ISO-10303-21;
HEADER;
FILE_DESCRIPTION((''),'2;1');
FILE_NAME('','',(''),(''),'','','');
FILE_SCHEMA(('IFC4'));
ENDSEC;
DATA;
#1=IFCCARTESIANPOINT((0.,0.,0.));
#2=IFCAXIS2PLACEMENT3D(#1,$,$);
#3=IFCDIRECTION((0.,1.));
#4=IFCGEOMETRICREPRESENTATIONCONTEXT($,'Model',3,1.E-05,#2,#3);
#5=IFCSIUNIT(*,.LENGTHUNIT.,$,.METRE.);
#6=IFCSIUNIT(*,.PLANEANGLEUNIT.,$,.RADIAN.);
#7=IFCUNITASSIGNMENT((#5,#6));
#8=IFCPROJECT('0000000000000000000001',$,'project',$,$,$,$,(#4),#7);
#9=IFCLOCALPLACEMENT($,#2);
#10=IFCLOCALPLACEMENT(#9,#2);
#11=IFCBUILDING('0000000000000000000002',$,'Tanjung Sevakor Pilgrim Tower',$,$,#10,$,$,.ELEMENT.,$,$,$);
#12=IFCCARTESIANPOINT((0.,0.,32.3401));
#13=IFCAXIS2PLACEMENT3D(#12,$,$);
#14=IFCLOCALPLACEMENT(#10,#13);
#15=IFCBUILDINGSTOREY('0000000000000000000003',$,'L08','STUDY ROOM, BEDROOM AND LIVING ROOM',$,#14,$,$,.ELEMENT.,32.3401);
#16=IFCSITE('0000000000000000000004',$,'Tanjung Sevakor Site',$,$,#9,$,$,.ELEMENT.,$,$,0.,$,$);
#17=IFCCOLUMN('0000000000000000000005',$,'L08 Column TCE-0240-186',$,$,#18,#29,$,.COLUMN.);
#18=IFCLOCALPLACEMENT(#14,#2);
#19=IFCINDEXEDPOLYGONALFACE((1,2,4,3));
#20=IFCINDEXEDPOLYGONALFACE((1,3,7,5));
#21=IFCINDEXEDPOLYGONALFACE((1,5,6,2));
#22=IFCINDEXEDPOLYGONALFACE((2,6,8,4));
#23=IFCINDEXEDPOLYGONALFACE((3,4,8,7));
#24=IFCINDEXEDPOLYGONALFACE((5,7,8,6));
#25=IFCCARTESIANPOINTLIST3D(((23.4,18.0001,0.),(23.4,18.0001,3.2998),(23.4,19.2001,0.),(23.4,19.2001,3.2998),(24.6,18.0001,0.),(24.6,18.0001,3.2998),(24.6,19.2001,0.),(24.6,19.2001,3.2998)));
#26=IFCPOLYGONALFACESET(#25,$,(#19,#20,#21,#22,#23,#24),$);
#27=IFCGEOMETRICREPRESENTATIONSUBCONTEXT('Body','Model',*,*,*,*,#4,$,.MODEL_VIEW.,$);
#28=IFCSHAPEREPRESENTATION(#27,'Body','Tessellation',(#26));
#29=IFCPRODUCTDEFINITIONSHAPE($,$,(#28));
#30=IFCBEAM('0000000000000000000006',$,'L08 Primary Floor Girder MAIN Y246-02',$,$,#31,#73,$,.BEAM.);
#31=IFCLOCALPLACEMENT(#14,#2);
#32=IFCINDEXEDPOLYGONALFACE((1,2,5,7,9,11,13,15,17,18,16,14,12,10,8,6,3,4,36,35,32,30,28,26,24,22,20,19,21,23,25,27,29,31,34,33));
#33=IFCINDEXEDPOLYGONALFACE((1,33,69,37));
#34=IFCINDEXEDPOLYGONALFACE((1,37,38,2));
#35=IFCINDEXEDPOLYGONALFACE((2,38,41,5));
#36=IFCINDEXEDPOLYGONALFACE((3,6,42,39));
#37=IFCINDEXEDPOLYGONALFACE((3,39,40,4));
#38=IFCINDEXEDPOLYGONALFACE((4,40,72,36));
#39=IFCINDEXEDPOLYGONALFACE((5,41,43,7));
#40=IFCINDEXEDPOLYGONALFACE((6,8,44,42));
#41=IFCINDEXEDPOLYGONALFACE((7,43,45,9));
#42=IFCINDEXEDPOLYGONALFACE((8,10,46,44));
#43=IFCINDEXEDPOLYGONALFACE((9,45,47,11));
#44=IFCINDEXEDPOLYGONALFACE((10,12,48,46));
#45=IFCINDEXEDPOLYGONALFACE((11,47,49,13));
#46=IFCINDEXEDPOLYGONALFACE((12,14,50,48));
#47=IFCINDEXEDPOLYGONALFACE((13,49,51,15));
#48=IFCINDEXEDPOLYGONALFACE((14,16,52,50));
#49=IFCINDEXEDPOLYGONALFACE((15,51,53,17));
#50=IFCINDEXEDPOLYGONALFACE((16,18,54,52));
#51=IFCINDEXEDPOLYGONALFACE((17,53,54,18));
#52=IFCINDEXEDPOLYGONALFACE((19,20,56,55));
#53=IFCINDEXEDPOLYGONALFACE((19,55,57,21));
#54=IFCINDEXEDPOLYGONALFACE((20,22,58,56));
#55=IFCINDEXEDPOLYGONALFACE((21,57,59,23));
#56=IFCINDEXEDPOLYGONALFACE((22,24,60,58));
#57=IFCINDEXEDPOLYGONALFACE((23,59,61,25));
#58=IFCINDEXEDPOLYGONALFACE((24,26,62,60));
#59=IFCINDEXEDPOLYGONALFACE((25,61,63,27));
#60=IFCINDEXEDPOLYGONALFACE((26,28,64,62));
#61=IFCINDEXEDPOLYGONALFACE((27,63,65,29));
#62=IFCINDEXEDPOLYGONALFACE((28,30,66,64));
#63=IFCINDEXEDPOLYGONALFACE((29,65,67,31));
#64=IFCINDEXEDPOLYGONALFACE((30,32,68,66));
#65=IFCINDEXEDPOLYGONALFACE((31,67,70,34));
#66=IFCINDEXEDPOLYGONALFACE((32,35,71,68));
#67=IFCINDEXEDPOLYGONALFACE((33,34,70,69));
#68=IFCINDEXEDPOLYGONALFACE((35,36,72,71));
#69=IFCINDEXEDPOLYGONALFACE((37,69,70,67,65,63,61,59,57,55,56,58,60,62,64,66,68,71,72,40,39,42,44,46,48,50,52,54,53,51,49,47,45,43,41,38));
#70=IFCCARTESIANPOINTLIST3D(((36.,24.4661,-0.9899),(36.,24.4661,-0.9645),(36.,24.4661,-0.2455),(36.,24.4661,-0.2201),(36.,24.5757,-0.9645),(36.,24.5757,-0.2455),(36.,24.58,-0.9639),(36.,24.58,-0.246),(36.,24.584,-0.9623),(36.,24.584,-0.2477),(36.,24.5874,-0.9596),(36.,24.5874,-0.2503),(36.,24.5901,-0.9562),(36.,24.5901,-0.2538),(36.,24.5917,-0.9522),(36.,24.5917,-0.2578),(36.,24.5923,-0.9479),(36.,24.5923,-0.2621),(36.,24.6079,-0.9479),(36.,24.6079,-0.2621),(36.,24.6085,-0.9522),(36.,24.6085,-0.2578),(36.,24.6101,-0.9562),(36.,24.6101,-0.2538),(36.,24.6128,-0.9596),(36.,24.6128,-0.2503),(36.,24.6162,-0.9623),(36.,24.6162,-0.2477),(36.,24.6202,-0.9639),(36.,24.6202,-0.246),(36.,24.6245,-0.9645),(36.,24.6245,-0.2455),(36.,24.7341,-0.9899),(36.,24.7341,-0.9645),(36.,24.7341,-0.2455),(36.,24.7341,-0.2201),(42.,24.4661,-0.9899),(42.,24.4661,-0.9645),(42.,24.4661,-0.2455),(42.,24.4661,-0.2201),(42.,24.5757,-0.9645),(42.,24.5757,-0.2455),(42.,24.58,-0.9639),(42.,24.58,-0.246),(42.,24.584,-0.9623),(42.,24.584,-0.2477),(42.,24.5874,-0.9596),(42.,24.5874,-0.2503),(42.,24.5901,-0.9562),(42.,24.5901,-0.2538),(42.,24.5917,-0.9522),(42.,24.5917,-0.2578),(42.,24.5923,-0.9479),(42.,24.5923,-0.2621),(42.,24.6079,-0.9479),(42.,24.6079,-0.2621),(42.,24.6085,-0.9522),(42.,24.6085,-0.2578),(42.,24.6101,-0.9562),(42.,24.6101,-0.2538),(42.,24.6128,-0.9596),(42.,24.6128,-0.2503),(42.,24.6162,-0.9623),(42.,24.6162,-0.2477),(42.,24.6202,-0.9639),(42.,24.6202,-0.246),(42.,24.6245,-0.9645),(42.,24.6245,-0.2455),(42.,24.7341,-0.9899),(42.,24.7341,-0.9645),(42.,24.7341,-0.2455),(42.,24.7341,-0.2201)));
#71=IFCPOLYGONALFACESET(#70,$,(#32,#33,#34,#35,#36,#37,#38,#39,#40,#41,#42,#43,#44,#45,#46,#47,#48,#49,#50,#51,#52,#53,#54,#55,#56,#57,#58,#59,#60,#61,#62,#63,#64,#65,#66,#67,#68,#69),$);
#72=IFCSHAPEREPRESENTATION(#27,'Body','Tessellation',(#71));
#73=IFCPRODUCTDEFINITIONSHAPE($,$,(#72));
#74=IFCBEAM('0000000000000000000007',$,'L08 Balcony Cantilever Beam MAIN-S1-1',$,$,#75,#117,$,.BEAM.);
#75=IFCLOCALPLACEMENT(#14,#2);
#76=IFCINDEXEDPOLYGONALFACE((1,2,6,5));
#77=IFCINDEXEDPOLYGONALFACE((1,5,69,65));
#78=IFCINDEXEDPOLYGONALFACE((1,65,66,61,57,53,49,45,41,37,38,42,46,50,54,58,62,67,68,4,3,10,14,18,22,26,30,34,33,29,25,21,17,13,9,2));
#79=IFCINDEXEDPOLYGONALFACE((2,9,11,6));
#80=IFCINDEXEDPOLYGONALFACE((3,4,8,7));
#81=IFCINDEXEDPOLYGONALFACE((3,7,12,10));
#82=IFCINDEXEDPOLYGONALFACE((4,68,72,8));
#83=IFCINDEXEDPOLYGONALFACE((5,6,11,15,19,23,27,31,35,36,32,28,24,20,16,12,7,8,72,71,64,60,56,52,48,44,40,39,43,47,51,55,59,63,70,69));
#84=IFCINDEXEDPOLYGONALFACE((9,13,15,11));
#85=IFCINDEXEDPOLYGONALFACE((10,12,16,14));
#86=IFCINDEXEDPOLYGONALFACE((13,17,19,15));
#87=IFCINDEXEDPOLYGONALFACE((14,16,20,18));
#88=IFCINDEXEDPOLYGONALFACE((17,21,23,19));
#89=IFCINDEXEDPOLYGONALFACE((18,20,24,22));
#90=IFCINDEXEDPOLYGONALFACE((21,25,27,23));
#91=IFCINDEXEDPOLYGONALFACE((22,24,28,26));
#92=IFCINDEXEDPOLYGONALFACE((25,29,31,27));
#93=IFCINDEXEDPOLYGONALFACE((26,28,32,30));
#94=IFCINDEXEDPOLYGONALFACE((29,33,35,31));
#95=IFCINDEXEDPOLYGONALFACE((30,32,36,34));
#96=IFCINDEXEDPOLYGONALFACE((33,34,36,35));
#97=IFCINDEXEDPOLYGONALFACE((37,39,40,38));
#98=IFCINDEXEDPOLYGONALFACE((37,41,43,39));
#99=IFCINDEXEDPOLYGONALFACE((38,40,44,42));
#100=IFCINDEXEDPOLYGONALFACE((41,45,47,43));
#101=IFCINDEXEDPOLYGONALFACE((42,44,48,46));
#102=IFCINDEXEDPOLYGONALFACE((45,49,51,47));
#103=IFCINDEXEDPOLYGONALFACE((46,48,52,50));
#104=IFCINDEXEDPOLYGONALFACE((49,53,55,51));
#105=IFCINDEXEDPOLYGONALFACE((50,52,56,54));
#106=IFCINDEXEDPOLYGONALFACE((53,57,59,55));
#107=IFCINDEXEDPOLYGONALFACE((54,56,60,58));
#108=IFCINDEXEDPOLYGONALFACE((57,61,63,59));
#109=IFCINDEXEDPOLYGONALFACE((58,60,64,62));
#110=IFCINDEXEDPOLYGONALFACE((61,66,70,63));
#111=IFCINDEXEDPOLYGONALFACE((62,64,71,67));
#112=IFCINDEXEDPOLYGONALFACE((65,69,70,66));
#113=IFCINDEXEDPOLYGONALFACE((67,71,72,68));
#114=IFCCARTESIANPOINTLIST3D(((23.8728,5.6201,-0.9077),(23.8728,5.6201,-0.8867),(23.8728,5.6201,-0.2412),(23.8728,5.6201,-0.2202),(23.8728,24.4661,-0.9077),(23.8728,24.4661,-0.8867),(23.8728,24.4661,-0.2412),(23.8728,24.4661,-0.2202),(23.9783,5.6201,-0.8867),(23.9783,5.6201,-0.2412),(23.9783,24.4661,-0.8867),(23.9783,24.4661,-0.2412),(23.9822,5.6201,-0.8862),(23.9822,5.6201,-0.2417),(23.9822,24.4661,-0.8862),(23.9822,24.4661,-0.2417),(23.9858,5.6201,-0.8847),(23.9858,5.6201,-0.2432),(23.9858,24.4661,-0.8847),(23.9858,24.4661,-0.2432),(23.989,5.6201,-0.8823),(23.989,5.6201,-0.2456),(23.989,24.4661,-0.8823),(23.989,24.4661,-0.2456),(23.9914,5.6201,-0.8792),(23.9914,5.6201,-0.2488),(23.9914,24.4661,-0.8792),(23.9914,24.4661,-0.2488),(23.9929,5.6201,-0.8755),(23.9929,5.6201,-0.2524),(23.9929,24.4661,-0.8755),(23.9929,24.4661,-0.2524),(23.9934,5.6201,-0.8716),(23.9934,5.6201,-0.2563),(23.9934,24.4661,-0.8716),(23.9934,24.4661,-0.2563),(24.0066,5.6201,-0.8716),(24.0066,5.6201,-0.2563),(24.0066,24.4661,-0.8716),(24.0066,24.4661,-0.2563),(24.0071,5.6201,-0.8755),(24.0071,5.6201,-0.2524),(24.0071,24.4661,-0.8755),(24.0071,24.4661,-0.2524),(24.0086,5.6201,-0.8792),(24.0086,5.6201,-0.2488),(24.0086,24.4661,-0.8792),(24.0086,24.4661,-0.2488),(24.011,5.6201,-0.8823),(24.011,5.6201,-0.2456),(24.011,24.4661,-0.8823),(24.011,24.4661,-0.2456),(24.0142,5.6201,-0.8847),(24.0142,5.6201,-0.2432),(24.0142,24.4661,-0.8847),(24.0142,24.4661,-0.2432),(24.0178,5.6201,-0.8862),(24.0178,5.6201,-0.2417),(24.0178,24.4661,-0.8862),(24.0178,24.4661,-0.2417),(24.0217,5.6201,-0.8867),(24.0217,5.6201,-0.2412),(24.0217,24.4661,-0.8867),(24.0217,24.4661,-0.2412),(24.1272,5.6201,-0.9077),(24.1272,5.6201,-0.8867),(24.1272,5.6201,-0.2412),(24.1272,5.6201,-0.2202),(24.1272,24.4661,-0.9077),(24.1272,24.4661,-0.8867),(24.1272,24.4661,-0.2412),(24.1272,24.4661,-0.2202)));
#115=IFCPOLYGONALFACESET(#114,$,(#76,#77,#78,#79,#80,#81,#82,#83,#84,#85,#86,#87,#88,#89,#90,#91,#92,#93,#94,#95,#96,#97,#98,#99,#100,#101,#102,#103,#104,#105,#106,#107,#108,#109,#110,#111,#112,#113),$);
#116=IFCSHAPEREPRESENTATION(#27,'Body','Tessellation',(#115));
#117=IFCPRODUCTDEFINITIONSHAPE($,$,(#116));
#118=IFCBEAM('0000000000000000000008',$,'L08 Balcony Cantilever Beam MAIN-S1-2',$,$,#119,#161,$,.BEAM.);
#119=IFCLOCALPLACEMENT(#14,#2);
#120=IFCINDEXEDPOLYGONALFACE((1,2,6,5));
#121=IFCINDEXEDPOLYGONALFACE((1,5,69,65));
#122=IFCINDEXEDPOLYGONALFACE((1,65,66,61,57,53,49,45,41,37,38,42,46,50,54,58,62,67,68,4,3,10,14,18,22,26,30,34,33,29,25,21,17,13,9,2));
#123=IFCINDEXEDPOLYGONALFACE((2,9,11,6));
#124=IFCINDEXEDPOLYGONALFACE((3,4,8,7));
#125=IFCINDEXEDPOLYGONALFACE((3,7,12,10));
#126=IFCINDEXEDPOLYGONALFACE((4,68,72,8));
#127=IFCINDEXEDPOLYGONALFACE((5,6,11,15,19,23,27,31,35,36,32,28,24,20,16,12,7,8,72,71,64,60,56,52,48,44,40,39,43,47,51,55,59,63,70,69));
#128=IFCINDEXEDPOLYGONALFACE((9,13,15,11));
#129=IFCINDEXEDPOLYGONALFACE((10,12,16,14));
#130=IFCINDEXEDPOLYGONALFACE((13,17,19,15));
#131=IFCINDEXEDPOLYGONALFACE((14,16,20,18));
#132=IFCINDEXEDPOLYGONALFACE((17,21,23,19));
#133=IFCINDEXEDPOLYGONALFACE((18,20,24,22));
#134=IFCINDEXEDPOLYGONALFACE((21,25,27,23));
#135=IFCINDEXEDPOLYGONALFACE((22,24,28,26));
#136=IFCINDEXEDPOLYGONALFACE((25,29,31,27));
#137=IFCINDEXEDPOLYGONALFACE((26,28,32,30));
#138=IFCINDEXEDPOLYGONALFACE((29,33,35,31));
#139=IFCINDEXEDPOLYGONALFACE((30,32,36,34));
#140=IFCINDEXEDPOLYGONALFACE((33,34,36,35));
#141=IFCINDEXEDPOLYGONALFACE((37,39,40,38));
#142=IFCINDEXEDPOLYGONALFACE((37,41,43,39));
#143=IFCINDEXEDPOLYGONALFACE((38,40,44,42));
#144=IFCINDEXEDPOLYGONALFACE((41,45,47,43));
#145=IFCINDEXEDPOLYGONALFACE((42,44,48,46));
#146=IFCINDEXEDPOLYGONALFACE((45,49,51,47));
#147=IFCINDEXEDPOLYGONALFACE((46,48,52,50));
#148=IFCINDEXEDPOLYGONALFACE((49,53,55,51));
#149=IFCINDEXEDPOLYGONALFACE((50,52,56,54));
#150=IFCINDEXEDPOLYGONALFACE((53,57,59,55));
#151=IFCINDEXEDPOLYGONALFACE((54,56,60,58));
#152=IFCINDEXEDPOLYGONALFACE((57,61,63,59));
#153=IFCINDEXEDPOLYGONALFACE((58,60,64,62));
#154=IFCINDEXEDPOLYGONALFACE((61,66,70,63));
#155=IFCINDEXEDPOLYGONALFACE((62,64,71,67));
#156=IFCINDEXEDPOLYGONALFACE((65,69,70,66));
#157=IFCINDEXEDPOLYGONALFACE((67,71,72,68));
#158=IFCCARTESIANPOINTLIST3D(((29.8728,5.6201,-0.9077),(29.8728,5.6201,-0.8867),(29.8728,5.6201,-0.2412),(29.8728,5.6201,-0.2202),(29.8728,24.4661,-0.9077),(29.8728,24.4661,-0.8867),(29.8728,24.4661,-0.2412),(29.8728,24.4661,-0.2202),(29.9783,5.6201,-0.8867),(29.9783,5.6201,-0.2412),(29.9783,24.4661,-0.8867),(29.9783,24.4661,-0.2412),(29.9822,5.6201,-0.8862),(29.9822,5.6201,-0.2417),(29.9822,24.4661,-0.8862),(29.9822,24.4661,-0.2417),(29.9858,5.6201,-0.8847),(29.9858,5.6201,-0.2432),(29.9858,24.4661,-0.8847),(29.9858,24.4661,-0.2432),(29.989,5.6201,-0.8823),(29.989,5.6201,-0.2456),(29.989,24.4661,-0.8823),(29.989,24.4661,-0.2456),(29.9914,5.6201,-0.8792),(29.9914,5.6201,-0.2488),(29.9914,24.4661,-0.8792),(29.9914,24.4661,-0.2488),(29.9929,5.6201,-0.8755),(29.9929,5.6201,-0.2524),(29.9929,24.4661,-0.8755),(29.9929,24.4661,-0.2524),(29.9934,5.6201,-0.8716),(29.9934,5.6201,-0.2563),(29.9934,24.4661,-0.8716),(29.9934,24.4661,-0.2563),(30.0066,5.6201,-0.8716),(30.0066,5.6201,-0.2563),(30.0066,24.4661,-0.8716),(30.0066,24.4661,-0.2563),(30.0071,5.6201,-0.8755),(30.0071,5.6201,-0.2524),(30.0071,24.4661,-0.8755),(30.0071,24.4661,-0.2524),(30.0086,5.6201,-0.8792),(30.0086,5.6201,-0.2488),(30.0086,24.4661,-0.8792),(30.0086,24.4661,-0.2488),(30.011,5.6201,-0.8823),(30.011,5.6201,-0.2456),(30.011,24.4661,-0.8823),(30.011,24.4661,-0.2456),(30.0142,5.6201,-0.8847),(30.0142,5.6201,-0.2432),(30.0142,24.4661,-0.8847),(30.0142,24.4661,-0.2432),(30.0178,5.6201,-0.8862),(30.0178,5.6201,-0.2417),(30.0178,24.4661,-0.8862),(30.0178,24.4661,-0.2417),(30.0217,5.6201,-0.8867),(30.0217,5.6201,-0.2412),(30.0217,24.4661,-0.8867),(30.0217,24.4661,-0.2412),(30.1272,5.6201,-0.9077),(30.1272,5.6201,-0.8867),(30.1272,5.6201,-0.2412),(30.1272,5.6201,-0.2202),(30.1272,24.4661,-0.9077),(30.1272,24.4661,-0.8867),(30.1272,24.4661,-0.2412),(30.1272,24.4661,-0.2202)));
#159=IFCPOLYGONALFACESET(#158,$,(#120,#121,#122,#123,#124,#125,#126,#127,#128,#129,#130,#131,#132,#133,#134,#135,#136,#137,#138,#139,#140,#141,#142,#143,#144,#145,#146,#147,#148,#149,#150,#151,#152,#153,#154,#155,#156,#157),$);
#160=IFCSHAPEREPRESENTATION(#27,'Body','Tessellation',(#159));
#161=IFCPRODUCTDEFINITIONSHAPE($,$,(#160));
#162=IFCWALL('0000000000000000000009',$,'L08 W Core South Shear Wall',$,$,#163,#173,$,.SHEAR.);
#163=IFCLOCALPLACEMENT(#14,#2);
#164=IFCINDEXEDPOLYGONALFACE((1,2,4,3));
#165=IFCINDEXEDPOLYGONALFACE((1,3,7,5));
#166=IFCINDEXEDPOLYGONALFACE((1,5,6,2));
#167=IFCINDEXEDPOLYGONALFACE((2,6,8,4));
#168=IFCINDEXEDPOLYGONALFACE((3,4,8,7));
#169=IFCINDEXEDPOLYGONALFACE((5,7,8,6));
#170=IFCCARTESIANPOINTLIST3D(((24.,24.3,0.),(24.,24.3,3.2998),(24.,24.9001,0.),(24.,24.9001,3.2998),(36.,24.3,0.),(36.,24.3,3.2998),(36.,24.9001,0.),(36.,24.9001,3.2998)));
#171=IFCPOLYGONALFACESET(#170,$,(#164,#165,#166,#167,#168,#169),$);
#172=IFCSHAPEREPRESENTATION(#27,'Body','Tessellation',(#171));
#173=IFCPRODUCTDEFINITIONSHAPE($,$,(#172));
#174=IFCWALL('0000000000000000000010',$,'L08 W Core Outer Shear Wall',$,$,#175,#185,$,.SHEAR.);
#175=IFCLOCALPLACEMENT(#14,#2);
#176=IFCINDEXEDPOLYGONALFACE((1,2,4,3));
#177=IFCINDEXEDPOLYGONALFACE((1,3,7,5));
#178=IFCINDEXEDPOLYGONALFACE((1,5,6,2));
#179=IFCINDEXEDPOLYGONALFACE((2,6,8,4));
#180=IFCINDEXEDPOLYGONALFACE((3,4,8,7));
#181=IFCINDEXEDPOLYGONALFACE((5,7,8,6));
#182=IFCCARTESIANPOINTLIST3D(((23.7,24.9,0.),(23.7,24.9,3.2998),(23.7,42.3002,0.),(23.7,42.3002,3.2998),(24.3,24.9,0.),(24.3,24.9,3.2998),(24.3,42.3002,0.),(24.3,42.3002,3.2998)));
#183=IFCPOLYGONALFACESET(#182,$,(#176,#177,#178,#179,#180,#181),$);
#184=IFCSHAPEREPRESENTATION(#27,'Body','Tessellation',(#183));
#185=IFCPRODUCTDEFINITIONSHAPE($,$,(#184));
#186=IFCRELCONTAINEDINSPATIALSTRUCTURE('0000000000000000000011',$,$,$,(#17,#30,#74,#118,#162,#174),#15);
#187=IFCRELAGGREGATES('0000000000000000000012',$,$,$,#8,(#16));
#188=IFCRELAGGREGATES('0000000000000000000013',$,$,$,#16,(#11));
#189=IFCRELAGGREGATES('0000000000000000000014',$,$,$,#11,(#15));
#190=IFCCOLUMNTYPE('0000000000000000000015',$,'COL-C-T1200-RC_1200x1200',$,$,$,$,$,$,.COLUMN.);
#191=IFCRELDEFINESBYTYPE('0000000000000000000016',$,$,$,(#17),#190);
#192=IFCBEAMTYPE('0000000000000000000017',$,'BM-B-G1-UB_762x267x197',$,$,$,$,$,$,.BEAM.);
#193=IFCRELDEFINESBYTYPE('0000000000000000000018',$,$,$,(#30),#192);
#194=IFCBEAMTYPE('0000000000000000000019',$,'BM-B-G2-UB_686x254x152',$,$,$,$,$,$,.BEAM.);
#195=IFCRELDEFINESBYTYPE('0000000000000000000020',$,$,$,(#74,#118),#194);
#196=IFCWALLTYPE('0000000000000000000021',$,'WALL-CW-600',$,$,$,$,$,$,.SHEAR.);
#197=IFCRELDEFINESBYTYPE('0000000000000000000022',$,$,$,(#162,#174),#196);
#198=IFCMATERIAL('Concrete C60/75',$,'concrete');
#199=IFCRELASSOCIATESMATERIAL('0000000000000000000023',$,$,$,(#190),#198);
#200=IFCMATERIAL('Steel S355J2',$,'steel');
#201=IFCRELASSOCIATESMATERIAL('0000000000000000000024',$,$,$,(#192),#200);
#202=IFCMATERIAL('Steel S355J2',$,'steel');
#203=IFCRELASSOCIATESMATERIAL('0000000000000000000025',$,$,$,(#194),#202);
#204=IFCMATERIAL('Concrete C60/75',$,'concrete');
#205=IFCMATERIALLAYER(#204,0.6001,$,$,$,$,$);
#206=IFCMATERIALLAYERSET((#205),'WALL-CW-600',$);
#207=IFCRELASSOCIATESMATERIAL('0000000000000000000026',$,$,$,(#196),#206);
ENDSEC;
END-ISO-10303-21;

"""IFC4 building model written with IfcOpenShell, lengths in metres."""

from ifc_helpers import new_model, si_unit, direction, frame, frame_2d, origin, origin_2d, place, context, subcontext, project, spatial, rectangle, i_section, extrude, material, layer, layer_set, material_profile, profile_set, type_object, element, save


model = new_model("IFC4")

# Units and contexts
model_context = context("Model", 3, precision=1e-05, world=origin(), true_north=direction((0.0, 1.0)))
body_context = subcontext(model_context, "Body", "Model", "MODEL_VIEW")
ifc_project = project(units=[si_unit("LENGTHUNIT", "METRE"), si_unit("PLANEANGLEUNIT", "RADIAN")], contexts=[model_context])

# Site, building, storey
site_placement = place(None, origin())
site = spatial("IfcSite", under=ifc_project, at=site_placement, Name="Tanjung Sevakor Site", CompositionType="ELEMENT", RefElevation=0.0)
building_placement = place(site_placement, origin())
building = spatial("IfcBuilding", under=site, at=building_placement, Name="Tanjung Sevakor Pilgrim Tower", CompositionType="ELEMENT")
storey_placement = place(building_placement, frame((0.0, 0.0, 32.3401)))
storey = spatial("IfcBuildingStorey", under=building, at=storey_placement, Name="L08", Description="STUDY ROOM, BEDROOM AND LIVING ROOM", CompositionType="ELEMENT", Elevation=32.3401)

# Column
ifc_material_1 = material(Name="Concrete C60/75", Category="concrete")
ifc_material_profile_1 = material_profile(ifc_material_1, rectangle(XDim=1.2, YDim=1.2, at=origin_2d()))
ifc_profile_set_1 = profile_set([ifc_material_profile_1], Name="Concrete C60/75")
column_type = type_object("IfcColumnType", Name="COL-C-T1200-RC_1200x1200", PredefinedType="COLUMN", material=ifc_profile_set_1)
column_placement = place(storey_placement, frame((24.0, 18.6001, 0.0), z_axis=(0.0, 0.0, 1.0), x_axis=(1.0, 0.0, 0.0)))
element("IfcColumn", 1, at=column_placement, inside=storey, type_object=column_type, Name="L08 Column TCE-0240-186", PredefinedType="COLUMN", context=body_context, shape_type="SweptSolid", body=[
    extrude(rectangle(XDim=1.2, YDim=1.2, at=origin_2d()), origin(), (0.0, 0.0, 1.0), 3.2998),
])

# Beams
ifc_material_2 = material(Name="Steel S355J2", Category="steel")
ifc_material_profile_2 = material_profile(ifc_material_2, i_section(OverallWidth=0.2681, OverallDepth=0.7698, WebThickness=0.0156, FlangeThickness=0.0254, FilletRadius=0.0166, at=origin_2d()))
ifc_profile_set_2 = profile_set([ifc_material_profile_2], Name="Steel S355J2")
beam_type_1 = type_object("IfcBeamType", Name="BM-B-G1-UB_762x267x197", PredefinedType="BEAM", material=ifc_profile_set_2)
beam_placement = place(storey_placement, frame((36.0, 24.6001, -0.605), z_axis=(1.0, 0.0, 0.0), x_axis=(0.0, 1.0, 0.0)))
element("IfcBeam", 2, at=beam_placement, inside=storey, type_object=beam_type_1, Name="L08 Primary Floor Girder MAIN Y246-02", PredefinedType="BEAM", context=body_context, shape_type="SweptSolid", body=[
    extrude(i_section(OverallWidth=0.2681, OverallDepth=0.7698, WebThickness=0.0156, FlangeThickness=0.0254, FilletRadius=0.0166, at=origin_2d()), origin(), (0.0, 0.0, 1.0), 6.0),
])
ifc_material_3 = material(Name="Steel S355J2", Category="steel")
ifc_material_profile_3 = material_profile(ifc_material_3, i_section(OverallWidth=0.2544, OverallDepth=0.6875, WebThickness=0.0132, FlangeThickness=0.021, FilletRadius=0.0151, at=origin_2d()))
ifc_profile_set_3 = profile_set([ifc_material_profile_3], Name="Steel S355J2")
beam_type_2 = type_object("IfcBeamType", Name="BM-B-G2-UB_686x254x152", PredefinedType="BEAM", material=ifc_profile_set_3)
for number, where, z_axis, x_axis, name in (
    (3, (24.0, 24.4661, -0.564), (0.0, -1.0, 0.0), (1.0, 0.0, 0.0), "L08 Balcony Cantilever Beam MAIN-S1-1"),
    (4, (30.0, 24.4661, -0.564), (0.0, -1.0, 0.0), (1.0, 0.0, 0.0), "L08 Balcony Cantilever Beam MAIN-S1-2"),
):
    element("IfcBeam", number, at=place(storey_placement, frame(where, z_axis=z_axis, x_axis=x_axis)), inside=storey, type_object=beam_type_2, Name=name, PredefinedType="BEAM", context=body_context, shape_type="SweptSolid", body=[
        extrude(i_section(OverallWidth=0.2544, OverallDepth=0.6875, WebThickness=0.0132, FlangeThickness=0.021, FilletRadius=0.0151, at=origin_2d()), origin(), (0.0, 0.0, 1.0), 18.8459),
    ])

# Walls
ifc_material_4 = material(Name="Concrete C60/75", Category="concrete")
ifc_layer_1 = layer(ifc_material_4, 0.6001)
ifc_layer_set_1 = layer_set([ifc_layer_1], Name="WALL-CW-600")
wall_type_1 = type_object("IfcWallType", Name="WALL-CW-600", PredefinedType="SHEAR", material=ifc_layer_set_1)
wall_1_placement = place(storey_placement, frame((24.0, 24.6001, 0.0), z_axis=(0.0, 0.0, 1.0), x_axis=(1.0, 0.0, 0.0)))
element("IfcWall", 5, at=wall_1_placement, inside=storey, type_object=wall_type_1, Name="L08 W Core South Shear Wall", PredefinedType="SHEAR", context=body_context, shape_type="SweptSolid", body=[
    extrude(rectangle(XDim=12.0, YDim=0.6001, at=frame_2d((6.0, 0.0))), origin(), (0.0, 0.0, 1.0), 3.2998),
])
wall_2_placement = place(storey_placement, frame((24.0, 24.8999, 0.0), z_axis=(0.0, 0.0, 1.0), x_axis=(0.0, 1.0, 0.0)))
element("IfcWall", 6, at=wall_2_placement, inside=storey, type_object=wall_type_1, Name="L08 W Core Outer Shear Wall", PredefinedType="SHEAR", context=body_context, shape_type="SweptSolid", body=[
    extrude(rectangle(XDim=17.4001, YDim=0.6001, at=frame_2d((8.7002, 0.0))), origin(), (0.0, 0.0, 1.0), 3.2998),
])

save(model, "model.ifc")
